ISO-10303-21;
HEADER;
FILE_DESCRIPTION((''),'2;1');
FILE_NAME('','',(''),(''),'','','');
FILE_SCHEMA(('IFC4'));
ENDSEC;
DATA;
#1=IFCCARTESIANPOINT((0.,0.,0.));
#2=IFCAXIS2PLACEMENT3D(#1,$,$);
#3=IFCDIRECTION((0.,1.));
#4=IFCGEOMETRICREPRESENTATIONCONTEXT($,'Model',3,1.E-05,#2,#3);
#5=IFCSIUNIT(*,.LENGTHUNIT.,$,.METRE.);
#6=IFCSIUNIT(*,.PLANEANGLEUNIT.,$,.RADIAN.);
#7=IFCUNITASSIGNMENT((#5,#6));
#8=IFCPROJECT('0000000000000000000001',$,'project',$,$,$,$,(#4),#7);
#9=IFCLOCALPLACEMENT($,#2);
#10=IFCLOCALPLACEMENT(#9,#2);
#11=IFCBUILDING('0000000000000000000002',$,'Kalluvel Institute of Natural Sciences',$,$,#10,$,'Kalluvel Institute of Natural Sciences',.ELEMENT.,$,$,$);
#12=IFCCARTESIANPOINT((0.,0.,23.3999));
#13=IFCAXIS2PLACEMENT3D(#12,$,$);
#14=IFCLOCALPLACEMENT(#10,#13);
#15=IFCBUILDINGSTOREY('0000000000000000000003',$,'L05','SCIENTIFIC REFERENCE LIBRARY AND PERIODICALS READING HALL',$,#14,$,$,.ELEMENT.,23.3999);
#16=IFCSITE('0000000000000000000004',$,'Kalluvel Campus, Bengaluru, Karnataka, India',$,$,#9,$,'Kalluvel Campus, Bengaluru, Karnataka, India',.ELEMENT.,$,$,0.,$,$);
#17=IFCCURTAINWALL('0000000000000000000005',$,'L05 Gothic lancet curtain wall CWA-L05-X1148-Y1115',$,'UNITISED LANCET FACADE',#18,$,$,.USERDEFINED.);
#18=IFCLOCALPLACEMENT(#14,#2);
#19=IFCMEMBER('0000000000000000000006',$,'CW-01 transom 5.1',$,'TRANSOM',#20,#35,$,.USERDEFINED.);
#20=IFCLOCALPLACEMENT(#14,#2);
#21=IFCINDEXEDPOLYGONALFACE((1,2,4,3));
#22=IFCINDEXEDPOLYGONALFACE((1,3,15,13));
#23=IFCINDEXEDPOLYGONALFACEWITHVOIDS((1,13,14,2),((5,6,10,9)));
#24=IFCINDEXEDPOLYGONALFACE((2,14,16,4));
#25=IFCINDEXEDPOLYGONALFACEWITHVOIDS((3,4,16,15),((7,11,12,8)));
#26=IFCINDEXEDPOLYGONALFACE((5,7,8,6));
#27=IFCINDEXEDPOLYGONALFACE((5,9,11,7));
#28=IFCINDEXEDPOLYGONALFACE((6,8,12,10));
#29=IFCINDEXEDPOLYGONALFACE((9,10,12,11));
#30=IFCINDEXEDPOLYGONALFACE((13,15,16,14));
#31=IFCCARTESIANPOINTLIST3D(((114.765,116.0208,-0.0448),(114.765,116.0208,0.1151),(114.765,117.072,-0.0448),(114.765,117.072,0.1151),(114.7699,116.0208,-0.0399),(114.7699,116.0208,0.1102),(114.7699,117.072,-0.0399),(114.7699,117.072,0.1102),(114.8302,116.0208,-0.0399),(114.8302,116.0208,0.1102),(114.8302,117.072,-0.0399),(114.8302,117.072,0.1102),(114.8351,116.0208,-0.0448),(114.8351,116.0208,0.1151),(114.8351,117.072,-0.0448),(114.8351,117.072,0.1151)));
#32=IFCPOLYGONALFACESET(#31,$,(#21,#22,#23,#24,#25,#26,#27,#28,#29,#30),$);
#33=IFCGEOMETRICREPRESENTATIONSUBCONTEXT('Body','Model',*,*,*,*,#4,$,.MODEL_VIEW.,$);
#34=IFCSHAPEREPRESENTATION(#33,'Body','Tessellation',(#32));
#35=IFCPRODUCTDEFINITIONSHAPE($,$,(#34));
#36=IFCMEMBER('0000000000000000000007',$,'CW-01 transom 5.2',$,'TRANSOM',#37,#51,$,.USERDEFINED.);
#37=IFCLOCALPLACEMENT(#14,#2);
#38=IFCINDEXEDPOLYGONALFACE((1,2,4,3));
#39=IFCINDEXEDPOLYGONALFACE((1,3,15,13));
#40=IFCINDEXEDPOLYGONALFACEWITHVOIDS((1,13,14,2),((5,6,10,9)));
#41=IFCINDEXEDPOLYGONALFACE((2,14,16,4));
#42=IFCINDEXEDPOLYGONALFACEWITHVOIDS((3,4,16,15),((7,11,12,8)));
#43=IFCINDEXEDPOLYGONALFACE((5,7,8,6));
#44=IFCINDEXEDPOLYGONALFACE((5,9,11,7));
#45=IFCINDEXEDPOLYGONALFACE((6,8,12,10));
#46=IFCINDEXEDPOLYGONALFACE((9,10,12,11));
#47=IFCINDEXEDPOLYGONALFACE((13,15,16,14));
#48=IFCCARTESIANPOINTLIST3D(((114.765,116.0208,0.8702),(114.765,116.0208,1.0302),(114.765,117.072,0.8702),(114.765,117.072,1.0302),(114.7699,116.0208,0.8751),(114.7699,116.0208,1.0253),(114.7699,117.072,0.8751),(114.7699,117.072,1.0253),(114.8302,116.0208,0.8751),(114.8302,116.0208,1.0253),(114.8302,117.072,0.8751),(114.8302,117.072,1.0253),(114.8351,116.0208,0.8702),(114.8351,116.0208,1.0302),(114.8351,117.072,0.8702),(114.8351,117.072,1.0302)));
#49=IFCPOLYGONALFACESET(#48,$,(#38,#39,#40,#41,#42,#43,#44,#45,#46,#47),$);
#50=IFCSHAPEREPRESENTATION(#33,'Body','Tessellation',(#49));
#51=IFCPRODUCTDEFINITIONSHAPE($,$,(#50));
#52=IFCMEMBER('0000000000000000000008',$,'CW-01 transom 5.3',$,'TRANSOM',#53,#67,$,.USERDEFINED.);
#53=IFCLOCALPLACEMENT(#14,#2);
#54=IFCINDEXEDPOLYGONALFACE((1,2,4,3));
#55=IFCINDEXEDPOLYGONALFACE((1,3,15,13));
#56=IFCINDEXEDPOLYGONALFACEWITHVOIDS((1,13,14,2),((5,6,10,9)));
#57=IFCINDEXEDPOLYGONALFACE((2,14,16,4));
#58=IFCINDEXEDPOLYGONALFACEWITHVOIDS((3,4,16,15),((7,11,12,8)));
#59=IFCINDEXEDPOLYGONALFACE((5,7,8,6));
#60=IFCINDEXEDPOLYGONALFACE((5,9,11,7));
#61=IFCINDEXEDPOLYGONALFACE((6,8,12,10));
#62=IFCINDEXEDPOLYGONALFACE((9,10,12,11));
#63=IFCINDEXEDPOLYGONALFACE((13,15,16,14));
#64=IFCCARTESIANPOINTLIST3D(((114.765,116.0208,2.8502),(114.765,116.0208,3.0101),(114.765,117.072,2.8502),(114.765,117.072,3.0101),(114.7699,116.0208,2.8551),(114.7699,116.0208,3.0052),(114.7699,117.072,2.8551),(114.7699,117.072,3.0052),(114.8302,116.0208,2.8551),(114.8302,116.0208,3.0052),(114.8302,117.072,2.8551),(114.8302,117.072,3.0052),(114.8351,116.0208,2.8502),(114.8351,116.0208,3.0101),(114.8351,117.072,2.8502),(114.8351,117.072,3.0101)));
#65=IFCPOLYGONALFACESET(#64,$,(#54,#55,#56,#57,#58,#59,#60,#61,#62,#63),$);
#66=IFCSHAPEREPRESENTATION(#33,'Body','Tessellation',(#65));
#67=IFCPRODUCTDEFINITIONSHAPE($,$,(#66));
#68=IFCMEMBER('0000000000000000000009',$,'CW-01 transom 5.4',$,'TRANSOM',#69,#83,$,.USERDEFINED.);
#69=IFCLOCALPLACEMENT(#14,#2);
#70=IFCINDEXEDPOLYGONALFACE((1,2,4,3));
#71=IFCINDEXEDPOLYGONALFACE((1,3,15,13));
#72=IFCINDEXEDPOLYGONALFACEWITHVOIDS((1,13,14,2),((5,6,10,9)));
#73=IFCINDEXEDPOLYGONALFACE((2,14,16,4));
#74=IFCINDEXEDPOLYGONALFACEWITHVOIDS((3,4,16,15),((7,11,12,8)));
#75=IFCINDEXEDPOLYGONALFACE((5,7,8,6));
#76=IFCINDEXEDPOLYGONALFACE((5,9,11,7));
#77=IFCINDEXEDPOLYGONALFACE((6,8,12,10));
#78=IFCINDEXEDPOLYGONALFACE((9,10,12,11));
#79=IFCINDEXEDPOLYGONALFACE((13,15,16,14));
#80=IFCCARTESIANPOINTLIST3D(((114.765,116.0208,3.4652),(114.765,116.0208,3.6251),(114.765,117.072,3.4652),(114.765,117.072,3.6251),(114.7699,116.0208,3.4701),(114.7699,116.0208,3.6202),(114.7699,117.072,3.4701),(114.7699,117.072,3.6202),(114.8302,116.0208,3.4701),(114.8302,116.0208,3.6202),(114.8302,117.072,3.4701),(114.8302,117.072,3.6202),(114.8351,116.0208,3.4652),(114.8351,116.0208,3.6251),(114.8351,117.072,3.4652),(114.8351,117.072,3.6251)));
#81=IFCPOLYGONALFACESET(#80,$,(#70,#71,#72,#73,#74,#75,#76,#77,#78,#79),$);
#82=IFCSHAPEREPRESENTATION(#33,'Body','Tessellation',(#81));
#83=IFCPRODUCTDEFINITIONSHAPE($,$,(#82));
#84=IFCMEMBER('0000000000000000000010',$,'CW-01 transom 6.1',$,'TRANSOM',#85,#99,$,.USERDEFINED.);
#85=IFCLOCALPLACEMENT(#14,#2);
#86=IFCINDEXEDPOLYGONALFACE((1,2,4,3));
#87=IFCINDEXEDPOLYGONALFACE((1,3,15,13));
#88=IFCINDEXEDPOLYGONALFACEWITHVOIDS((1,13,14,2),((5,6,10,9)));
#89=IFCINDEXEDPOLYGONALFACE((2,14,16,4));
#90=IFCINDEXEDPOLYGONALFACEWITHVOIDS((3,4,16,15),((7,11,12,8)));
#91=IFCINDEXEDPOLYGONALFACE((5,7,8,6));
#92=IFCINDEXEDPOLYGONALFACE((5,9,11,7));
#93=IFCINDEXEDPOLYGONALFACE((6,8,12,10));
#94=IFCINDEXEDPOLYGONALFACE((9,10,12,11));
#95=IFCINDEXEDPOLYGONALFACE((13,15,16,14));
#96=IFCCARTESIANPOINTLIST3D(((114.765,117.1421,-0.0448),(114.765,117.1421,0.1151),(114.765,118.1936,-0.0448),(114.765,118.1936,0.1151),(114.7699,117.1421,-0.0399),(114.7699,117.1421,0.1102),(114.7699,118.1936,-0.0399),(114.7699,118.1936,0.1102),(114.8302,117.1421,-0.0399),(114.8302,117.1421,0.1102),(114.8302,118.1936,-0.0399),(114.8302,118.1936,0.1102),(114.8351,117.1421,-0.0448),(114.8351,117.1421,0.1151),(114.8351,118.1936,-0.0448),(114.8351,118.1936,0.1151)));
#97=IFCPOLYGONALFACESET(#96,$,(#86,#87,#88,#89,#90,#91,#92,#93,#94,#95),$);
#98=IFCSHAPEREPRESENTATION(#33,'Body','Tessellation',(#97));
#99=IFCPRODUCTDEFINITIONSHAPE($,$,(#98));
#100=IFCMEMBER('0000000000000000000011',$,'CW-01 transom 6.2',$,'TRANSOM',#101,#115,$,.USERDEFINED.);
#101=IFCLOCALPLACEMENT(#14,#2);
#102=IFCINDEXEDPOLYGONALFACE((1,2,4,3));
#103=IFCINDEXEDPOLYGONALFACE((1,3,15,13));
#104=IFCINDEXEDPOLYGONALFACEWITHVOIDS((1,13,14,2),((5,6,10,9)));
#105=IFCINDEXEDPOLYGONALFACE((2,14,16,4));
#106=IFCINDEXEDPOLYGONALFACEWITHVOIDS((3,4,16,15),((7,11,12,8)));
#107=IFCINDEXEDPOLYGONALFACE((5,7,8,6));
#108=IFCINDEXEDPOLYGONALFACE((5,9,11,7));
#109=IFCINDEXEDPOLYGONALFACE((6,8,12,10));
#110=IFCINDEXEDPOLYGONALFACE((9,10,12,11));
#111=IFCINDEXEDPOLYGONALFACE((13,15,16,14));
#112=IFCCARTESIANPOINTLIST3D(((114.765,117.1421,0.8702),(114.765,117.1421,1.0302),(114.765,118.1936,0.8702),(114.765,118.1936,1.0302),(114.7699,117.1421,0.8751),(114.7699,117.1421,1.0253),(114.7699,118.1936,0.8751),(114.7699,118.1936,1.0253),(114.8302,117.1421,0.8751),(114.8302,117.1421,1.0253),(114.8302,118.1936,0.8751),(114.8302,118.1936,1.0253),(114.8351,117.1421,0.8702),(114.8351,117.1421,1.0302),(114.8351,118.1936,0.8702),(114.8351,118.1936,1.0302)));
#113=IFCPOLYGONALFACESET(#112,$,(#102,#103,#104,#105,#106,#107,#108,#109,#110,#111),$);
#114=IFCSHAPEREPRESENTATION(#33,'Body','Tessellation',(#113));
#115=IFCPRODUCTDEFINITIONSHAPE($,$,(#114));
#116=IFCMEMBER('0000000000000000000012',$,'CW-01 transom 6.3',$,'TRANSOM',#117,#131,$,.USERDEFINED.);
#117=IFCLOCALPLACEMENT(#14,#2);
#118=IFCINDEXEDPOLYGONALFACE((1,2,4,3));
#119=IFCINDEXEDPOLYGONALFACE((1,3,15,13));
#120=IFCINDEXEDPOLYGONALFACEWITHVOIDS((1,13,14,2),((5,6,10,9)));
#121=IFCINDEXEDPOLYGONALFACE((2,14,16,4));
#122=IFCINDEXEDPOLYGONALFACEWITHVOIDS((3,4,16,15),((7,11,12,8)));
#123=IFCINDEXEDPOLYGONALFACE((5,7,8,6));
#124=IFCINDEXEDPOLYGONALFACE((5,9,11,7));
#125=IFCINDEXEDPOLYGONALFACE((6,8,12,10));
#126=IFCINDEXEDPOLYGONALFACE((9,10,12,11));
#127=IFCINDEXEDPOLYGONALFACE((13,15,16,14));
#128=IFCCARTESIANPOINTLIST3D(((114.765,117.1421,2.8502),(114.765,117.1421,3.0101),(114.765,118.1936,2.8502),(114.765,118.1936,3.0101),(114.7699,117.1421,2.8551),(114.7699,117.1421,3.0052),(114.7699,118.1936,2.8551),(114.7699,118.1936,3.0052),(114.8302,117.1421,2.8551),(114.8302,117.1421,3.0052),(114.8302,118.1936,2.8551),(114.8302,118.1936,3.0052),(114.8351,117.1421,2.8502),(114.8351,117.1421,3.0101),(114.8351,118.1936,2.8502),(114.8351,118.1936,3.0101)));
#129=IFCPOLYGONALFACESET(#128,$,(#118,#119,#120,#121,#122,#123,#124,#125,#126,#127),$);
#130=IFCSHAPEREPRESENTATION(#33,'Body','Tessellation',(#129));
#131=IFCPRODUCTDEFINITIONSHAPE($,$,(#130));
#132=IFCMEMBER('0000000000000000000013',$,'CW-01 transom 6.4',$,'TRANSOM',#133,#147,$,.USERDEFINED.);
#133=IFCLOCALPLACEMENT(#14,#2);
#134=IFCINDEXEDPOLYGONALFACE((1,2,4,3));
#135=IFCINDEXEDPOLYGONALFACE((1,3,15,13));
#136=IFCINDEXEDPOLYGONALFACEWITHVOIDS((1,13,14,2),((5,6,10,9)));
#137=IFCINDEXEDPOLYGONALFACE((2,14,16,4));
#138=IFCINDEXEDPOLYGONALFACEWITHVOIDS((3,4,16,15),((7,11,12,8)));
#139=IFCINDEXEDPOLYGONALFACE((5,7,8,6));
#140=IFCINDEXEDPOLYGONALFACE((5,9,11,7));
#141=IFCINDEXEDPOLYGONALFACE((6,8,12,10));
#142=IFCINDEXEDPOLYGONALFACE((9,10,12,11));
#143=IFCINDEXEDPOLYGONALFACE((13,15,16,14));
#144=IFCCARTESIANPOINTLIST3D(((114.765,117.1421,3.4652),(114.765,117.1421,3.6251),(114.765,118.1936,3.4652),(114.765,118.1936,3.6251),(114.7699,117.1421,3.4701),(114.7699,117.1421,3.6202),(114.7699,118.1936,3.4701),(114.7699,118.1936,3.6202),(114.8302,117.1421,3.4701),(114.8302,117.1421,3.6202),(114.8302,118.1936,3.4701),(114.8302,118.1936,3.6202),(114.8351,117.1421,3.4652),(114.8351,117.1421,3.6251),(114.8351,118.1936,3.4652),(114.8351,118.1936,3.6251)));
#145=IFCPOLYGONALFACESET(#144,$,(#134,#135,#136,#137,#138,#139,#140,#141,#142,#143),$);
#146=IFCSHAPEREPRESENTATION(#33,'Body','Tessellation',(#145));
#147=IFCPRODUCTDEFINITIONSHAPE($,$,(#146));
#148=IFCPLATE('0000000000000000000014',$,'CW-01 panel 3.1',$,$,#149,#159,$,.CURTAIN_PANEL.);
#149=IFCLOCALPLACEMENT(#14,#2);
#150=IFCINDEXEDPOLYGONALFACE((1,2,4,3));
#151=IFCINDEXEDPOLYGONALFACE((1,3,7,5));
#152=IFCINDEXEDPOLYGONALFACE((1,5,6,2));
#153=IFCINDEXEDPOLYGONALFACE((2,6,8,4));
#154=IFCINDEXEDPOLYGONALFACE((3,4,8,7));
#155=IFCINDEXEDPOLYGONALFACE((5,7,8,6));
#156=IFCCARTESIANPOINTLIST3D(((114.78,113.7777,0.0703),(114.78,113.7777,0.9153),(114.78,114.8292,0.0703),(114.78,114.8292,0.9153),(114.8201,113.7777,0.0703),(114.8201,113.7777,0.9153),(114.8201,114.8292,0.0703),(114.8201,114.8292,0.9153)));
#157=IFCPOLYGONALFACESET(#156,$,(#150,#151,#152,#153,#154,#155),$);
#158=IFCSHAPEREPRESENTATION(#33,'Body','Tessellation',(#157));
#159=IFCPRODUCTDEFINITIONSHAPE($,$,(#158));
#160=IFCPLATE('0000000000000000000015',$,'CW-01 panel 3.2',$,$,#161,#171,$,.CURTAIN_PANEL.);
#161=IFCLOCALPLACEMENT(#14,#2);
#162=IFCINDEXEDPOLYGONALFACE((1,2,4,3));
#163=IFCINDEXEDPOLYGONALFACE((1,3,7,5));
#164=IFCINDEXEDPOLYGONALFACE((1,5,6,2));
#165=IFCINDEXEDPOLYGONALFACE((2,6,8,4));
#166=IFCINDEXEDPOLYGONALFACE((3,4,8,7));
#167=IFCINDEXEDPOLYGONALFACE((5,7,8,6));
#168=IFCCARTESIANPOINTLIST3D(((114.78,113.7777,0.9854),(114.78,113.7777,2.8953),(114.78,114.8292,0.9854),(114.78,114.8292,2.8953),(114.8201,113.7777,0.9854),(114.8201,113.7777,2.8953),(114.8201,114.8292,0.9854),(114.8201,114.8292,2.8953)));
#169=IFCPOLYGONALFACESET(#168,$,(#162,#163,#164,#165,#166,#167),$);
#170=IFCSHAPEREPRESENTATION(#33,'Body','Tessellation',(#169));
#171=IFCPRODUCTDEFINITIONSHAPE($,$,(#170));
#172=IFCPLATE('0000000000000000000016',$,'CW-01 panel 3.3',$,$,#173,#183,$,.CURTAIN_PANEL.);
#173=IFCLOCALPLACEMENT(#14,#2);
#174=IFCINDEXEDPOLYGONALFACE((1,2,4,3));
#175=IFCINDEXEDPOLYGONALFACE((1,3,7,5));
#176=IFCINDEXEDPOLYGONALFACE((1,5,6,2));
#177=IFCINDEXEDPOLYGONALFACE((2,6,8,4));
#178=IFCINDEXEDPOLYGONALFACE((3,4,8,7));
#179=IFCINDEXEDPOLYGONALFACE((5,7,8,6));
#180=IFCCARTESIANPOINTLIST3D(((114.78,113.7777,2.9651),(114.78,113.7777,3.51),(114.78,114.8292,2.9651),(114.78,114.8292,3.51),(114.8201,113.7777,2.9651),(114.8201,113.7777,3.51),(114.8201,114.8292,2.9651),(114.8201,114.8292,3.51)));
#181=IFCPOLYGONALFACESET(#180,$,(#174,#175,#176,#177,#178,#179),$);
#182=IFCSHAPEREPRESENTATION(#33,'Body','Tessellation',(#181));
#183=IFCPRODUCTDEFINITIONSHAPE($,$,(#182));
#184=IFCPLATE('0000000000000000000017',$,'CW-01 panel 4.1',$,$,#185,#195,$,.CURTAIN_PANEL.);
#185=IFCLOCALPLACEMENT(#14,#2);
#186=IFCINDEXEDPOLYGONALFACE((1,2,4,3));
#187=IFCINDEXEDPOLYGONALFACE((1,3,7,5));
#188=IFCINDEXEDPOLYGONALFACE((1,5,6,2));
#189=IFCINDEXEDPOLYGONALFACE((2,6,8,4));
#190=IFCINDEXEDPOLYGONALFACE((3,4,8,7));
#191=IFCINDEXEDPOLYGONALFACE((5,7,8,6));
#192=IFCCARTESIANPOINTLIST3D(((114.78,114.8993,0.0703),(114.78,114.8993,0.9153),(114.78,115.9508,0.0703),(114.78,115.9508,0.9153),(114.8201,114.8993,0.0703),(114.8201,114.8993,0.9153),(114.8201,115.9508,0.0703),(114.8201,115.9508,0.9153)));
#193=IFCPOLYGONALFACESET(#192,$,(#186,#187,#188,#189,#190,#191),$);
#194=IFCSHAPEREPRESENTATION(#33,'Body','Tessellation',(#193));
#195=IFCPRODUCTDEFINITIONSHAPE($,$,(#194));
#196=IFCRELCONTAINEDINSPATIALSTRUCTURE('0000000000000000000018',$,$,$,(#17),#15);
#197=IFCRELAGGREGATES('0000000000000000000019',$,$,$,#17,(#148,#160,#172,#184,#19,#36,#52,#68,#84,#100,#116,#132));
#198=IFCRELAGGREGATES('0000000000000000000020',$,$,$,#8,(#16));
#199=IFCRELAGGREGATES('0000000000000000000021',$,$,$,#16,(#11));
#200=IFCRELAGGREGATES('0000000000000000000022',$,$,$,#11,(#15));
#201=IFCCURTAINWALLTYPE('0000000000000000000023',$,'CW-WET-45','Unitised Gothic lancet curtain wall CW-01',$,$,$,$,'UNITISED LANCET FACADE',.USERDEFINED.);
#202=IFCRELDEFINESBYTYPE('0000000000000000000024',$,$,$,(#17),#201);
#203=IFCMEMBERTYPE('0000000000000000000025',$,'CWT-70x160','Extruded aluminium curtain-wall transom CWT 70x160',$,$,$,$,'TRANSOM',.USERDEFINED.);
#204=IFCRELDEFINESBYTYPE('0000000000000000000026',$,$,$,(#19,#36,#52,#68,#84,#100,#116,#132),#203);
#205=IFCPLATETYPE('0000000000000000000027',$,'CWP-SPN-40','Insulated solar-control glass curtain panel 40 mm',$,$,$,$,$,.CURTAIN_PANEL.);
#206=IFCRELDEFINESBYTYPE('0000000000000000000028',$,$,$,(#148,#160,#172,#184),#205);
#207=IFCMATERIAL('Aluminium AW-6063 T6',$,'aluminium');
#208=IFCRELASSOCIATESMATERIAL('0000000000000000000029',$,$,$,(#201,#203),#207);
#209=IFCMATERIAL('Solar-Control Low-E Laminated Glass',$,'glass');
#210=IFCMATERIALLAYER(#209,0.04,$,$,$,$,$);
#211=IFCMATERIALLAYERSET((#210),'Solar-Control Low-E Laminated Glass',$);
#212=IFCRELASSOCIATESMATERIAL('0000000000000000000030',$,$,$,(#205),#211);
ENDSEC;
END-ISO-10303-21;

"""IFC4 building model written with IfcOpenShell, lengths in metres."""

from ifc_helpers import new_model, si_unit, direction, frame, origin, origin_2d, place, context, subcontext, project, spatial, rectangle, hollow_rectangle, extrude, material, layer, layer_set, material_profile, profile_set, type_object, element, aggregate, save


model = new_model("IFC4")

# Units and contexts
model_context = context("Model", 3, precision=1e-05, world=origin(), true_north=direction((0.0, 1.0)))
body_context = subcontext(model_context, "Body", "Model", "MODEL_VIEW")
ifc_project = project(units=[si_unit("LENGTHUNIT", "METRE"), si_unit("PLANEANGLEUNIT", "RADIAN")], contexts=[model_context])

# Site, building, storey
site_placement = place(None, origin())
site = spatial("IfcSite", under=ifc_project, at=site_placement, Name="Kalluvel Campus, Bengaluru, Karnataka, India", LongName="Kalluvel Campus, Bengaluru, Karnataka, India", CompositionType="ELEMENT", RefElevation=0.0)
building_placement = place(site_placement, origin())
building = spatial("IfcBuilding", under=site, at=building_placement, Name="Kalluvel Institute of Natural Sciences", LongName="Kalluvel Institute of Natural Sciences", CompositionType="ELEMENT")
storey_placement = place(building_placement, frame((0.0, 0.0, 23.3999)))
storey = spatial("IfcBuildingStorey", under=building, at=storey_placement, Name="L05", Description="SCIENTIFIC REFERENCE LIBRARY AND PERIODICALS READING HALL", CompositionType="ELEMENT", Elevation=23.3999)

# Curtain wall, members, plates
ifc_material_1 = material(Name="Aluminium AW-6063 T6", Category="aluminium")
curtain_wall_type = type_object("IfcCurtainWallType", Name="CW-WET-45", Description="Unitised Gothic lancet curtain wall CW-01", ElementType="UNITISED LANCET FACADE", PredefinedType="USERDEFINED", material=ifc_material_1)
curtain_wall_placement = place(storey_placement, origin())
curtain_wall = element("IfcCurtainWall", 1, at=curtain_wall_placement, inside=storey, type_object=curtain_wall_type, Name="L05 Gothic lancet curtain wall CWA-L05-X1148-Y1115", ObjectType="UNITISED LANCET FACADE", PredefinedType="USERDEFINED")
ifc_material_profile_1 = material_profile(ifc_material_1, hollow_rectangle(XDim=0.0701, YDim=0.1599, WallThickness=0.0049, at=origin_2d()), Name="CWT 70x160")
ifc_profile_set_1 = profile_set([ifc_material_profile_1], Name="Aluminium AW-6063 T6")
member_type_1 = type_object("IfcMemberType", Name="CWT-70x160", Description="Extruded aluminium curtain-wall transom CWT 70x160", ElementType="TRANSOM", PredefinedType="USERDEFINED", material=ifc_profile_set_1)
member_1_placement = place(storey_placement, frame((114.8, 116.0208, 0.0352), z_axis=(0.0, 1.0, 0.0), x_axis=(-1.0, 0.0, 0.0)))
member_1 = element("IfcMember", 2, at=member_1_placement, type_object=member_type_1, Name="CW-01 transom 5.1", ObjectType="TRANSOM", PredefinedType="USERDEFINED", context=body_context, shape_type="SweptSolid", body=[
    extrude(hollow_rectangle(XDim=0.0701, YDim=0.1599, WallThickness=0.0049, at=origin_2d()), origin(), (0.0, 0.0, 1.0), 1.0513),
])
member_2_placement = place(storey_placement, frame((114.8, 116.0208, 0.9502), z_axis=(0.0, 1.0, 0.0), x_axis=(-1.0, 0.0, 0.0)))
member_2 = element("IfcMember", 3, at=member_2_placement, type_object=member_type_1, Name="CW-01 transom 5.2", ObjectType="TRANSOM", PredefinedType="USERDEFINED", context=body_context, shape_type="SweptSolid", body=[
    extrude(hollow_rectangle(XDim=0.0701, YDim=0.1599, WallThickness=0.0049, at=origin_2d()), origin(), (0.0, 0.0, 1.0), 1.0513),
])
member_3_placement = place(storey_placement, frame((114.8, 116.0208, 2.9302), z_axis=(0.0, 1.0, 0.0), x_axis=(-1.0, 0.0, 0.0)))
member_3 = element("IfcMember", 4, at=member_3_placement, type_object=member_type_1, Name="CW-01 transom 5.3", ObjectType="TRANSOM", PredefinedType="USERDEFINED", context=body_context, shape_type="SweptSolid", body=[
    extrude(hollow_rectangle(XDim=0.0701, YDim=0.1599, WallThickness=0.0049, at=origin_2d()), origin(), (0.0, 0.0, 1.0), 1.0513),
])
member_4_placement = place(storey_placement, frame((114.8, 116.0208, 3.5452), z_axis=(0.0, 1.0, 0.0), x_axis=(-1.0, 0.0, 0.0)))
member_4 = element("IfcMember", 5, at=member_4_placement, type_object=member_type_1, Name="CW-01 transom 5.4", ObjectType="TRANSOM", PredefinedType="USERDEFINED", context=body_context, shape_type="SweptSolid", body=[
    extrude(hollow_rectangle(XDim=0.0701, YDim=0.1599, WallThickness=0.0049, at=origin_2d()), origin(), (0.0, 0.0, 1.0), 1.0513),
])
member_5_placement = place(storey_placement, frame((114.8, 117.1421, 0.0352), z_axis=(0.0, 1.0, 0.0), x_axis=(-1.0, 0.0, 0.0)))
member_5 = element("IfcMember", 6, at=member_5_placement, type_object=member_type_1, Name="CW-01 transom 6.1", ObjectType="TRANSOM", PredefinedType="USERDEFINED", context=body_context, shape_type="SweptSolid", body=[
    extrude(hollow_rectangle(XDim=0.0701, YDim=0.1599, WallThickness=0.0049, at=origin_2d()), origin(), (0.0, 0.0, 1.0), 1.0515),
])
member_6_placement = place(storey_placement, frame((114.8, 117.1421, 0.9502), z_axis=(0.0, 1.0, 0.0), x_axis=(-1.0, 0.0, 0.0)))
member_6 = element("IfcMember", 7, at=member_6_placement, type_object=member_type_1, Name="CW-01 transom 6.2", ObjectType="TRANSOM", PredefinedType="USERDEFINED", context=body_context, shape_type="SweptSolid", body=[
    extrude(hollow_rectangle(XDim=0.0701, YDim=0.1599, WallThickness=0.0049, at=origin_2d()), origin(), (0.0, 0.0, 1.0), 1.0515),
])
member_7_placement = place(storey_placement, frame((114.8, 117.1421, 2.9302), z_axis=(0.0, 1.0, 0.0), x_axis=(-1.0, 0.0, 0.0)))
member_7 = element("IfcMember", 8, at=member_7_placement, type_object=member_type_1, Name="CW-01 transom 6.3", ObjectType="TRANSOM", PredefinedType="USERDEFINED", context=body_context, shape_type="SweptSolid", body=[
    extrude(hollow_rectangle(XDim=0.0701, YDim=0.1599, WallThickness=0.0049, at=origin_2d()), origin(), (0.0, 0.0, 1.0), 1.0515),
])
member_8_placement = place(storey_placement, frame((114.8, 117.1421, 3.5452), z_axis=(0.0, 1.0, 0.0), x_axis=(-1.0, 0.0, 0.0)))
member_8 = element("IfcMember", 9, at=member_8_placement, type_object=member_type_1, Name="CW-01 transom 6.4", ObjectType="TRANSOM", PredefinedType="USERDEFINED", context=body_context, shape_type="SweptSolid", body=[
    extrude(hollow_rectangle(XDim=0.0701, YDim=0.1599, WallThickness=0.0049, at=origin_2d()), origin(), (0.0, 0.0, 1.0), 1.0515),
])
ifc_material_2 = material(Name="Solar-Control Low-E Laminated Glass", Category="glass")
ifc_layer = layer(ifc_material_2, 0.04)
ifc_layer_set = layer_set([ifc_layer], Name="Solar-Control Low-E Laminated Glass")
plate_type = type_object("IfcPlateType", Name="CWP-SPN-40", Description="Insulated solar-control glass curtain panel 40 mm", PredefinedType="CURTAIN_PANEL", material=ifc_layer_set)
plate_1_placement = place(storey_placement, frame((114.8, 114.3035, 0.0703), z_axis=(0.0, 0.0, 1.0), x_axis=(0.0, 1.0, 0.0)))
plate_1 = element("IfcPlate", 10, at=plate_1_placement, type_object=plate_type, Name="CW-01 panel 3.1", PredefinedType="CURTAIN_PANEL", context=body_context, shape_type="SweptSolid", body=[
    extrude(rectangle(XDim=1.0515, YDim=0.04, at=origin_2d()), origin(), (0.0, 0.0, 1.0), 0.845),
])
plate_2_placement = place(storey_placement, frame((114.8, 114.3035, 0.9854), z_axis=(0.0, 0.0, 1.0), x_axis=(0.0, 1.0, 0.0)))
plate_2 = element("IfcPlate", 11, at=plate_2_placement, type_object=plate_type, Name="CW-01 panel 3.2", PredefinedType="CURTAIN_PANEL", context=body_context, shape_type="SweptSolid", body=[
    extrude(rectangle(XDim=1.0515, YDim=0.04, at=origin_2d()), origin(), (0.0, 0.0, 1.0), 1.9099),
])
plate_3_placement = place(storey_placement, frame((114.8, 114.3035, 2.9651), z_axis=(0.0, 0.0, 1.0), x_axis=(0.0, 1.0, 0.0)))
plate_3 = element("IfcPlate", 12, at=plate_3_placement, type_object=plate_type, Name="CW-01 panel 3.3", PredefinedType="CURTAIN_PANEL", context=body_context, shape_type="SweptSolid", body=[
    extrude(rectangle(XDim=1.0515, YDim=0.04, at=origin_2d()), origin(), (0.0, 0.0, 1.0), 0.5449),
])
plate_4_placement = place(storey_placement, frame((114.8, 115.425, 0.0703), z_axis=(0.0, 0.0, 1.0), x_axis=(0.0, 1.0, 0.0)))
plate_4 = element("IfcPlate", 13, at=plate_4_placement, type_object=plate_type, Name="CW-01 panel 4.1", PredefinedType="CURTAIN_PANEL", context=body_context, shape_type="SweptSolid", body=[
    extrude(rectangle(XDim=1.0515, YDim=0.04, at=origin_2d()), origin(), (0.0, 0.0, 1.0), 0.845),
])
aggregate(curtain_wall, [plate_1, plate_2, plate_3, plate_4, member_1, member_2, member_3, member_4, member_5, member_6, member_7, member_8])

save(model, "model.ifc")
